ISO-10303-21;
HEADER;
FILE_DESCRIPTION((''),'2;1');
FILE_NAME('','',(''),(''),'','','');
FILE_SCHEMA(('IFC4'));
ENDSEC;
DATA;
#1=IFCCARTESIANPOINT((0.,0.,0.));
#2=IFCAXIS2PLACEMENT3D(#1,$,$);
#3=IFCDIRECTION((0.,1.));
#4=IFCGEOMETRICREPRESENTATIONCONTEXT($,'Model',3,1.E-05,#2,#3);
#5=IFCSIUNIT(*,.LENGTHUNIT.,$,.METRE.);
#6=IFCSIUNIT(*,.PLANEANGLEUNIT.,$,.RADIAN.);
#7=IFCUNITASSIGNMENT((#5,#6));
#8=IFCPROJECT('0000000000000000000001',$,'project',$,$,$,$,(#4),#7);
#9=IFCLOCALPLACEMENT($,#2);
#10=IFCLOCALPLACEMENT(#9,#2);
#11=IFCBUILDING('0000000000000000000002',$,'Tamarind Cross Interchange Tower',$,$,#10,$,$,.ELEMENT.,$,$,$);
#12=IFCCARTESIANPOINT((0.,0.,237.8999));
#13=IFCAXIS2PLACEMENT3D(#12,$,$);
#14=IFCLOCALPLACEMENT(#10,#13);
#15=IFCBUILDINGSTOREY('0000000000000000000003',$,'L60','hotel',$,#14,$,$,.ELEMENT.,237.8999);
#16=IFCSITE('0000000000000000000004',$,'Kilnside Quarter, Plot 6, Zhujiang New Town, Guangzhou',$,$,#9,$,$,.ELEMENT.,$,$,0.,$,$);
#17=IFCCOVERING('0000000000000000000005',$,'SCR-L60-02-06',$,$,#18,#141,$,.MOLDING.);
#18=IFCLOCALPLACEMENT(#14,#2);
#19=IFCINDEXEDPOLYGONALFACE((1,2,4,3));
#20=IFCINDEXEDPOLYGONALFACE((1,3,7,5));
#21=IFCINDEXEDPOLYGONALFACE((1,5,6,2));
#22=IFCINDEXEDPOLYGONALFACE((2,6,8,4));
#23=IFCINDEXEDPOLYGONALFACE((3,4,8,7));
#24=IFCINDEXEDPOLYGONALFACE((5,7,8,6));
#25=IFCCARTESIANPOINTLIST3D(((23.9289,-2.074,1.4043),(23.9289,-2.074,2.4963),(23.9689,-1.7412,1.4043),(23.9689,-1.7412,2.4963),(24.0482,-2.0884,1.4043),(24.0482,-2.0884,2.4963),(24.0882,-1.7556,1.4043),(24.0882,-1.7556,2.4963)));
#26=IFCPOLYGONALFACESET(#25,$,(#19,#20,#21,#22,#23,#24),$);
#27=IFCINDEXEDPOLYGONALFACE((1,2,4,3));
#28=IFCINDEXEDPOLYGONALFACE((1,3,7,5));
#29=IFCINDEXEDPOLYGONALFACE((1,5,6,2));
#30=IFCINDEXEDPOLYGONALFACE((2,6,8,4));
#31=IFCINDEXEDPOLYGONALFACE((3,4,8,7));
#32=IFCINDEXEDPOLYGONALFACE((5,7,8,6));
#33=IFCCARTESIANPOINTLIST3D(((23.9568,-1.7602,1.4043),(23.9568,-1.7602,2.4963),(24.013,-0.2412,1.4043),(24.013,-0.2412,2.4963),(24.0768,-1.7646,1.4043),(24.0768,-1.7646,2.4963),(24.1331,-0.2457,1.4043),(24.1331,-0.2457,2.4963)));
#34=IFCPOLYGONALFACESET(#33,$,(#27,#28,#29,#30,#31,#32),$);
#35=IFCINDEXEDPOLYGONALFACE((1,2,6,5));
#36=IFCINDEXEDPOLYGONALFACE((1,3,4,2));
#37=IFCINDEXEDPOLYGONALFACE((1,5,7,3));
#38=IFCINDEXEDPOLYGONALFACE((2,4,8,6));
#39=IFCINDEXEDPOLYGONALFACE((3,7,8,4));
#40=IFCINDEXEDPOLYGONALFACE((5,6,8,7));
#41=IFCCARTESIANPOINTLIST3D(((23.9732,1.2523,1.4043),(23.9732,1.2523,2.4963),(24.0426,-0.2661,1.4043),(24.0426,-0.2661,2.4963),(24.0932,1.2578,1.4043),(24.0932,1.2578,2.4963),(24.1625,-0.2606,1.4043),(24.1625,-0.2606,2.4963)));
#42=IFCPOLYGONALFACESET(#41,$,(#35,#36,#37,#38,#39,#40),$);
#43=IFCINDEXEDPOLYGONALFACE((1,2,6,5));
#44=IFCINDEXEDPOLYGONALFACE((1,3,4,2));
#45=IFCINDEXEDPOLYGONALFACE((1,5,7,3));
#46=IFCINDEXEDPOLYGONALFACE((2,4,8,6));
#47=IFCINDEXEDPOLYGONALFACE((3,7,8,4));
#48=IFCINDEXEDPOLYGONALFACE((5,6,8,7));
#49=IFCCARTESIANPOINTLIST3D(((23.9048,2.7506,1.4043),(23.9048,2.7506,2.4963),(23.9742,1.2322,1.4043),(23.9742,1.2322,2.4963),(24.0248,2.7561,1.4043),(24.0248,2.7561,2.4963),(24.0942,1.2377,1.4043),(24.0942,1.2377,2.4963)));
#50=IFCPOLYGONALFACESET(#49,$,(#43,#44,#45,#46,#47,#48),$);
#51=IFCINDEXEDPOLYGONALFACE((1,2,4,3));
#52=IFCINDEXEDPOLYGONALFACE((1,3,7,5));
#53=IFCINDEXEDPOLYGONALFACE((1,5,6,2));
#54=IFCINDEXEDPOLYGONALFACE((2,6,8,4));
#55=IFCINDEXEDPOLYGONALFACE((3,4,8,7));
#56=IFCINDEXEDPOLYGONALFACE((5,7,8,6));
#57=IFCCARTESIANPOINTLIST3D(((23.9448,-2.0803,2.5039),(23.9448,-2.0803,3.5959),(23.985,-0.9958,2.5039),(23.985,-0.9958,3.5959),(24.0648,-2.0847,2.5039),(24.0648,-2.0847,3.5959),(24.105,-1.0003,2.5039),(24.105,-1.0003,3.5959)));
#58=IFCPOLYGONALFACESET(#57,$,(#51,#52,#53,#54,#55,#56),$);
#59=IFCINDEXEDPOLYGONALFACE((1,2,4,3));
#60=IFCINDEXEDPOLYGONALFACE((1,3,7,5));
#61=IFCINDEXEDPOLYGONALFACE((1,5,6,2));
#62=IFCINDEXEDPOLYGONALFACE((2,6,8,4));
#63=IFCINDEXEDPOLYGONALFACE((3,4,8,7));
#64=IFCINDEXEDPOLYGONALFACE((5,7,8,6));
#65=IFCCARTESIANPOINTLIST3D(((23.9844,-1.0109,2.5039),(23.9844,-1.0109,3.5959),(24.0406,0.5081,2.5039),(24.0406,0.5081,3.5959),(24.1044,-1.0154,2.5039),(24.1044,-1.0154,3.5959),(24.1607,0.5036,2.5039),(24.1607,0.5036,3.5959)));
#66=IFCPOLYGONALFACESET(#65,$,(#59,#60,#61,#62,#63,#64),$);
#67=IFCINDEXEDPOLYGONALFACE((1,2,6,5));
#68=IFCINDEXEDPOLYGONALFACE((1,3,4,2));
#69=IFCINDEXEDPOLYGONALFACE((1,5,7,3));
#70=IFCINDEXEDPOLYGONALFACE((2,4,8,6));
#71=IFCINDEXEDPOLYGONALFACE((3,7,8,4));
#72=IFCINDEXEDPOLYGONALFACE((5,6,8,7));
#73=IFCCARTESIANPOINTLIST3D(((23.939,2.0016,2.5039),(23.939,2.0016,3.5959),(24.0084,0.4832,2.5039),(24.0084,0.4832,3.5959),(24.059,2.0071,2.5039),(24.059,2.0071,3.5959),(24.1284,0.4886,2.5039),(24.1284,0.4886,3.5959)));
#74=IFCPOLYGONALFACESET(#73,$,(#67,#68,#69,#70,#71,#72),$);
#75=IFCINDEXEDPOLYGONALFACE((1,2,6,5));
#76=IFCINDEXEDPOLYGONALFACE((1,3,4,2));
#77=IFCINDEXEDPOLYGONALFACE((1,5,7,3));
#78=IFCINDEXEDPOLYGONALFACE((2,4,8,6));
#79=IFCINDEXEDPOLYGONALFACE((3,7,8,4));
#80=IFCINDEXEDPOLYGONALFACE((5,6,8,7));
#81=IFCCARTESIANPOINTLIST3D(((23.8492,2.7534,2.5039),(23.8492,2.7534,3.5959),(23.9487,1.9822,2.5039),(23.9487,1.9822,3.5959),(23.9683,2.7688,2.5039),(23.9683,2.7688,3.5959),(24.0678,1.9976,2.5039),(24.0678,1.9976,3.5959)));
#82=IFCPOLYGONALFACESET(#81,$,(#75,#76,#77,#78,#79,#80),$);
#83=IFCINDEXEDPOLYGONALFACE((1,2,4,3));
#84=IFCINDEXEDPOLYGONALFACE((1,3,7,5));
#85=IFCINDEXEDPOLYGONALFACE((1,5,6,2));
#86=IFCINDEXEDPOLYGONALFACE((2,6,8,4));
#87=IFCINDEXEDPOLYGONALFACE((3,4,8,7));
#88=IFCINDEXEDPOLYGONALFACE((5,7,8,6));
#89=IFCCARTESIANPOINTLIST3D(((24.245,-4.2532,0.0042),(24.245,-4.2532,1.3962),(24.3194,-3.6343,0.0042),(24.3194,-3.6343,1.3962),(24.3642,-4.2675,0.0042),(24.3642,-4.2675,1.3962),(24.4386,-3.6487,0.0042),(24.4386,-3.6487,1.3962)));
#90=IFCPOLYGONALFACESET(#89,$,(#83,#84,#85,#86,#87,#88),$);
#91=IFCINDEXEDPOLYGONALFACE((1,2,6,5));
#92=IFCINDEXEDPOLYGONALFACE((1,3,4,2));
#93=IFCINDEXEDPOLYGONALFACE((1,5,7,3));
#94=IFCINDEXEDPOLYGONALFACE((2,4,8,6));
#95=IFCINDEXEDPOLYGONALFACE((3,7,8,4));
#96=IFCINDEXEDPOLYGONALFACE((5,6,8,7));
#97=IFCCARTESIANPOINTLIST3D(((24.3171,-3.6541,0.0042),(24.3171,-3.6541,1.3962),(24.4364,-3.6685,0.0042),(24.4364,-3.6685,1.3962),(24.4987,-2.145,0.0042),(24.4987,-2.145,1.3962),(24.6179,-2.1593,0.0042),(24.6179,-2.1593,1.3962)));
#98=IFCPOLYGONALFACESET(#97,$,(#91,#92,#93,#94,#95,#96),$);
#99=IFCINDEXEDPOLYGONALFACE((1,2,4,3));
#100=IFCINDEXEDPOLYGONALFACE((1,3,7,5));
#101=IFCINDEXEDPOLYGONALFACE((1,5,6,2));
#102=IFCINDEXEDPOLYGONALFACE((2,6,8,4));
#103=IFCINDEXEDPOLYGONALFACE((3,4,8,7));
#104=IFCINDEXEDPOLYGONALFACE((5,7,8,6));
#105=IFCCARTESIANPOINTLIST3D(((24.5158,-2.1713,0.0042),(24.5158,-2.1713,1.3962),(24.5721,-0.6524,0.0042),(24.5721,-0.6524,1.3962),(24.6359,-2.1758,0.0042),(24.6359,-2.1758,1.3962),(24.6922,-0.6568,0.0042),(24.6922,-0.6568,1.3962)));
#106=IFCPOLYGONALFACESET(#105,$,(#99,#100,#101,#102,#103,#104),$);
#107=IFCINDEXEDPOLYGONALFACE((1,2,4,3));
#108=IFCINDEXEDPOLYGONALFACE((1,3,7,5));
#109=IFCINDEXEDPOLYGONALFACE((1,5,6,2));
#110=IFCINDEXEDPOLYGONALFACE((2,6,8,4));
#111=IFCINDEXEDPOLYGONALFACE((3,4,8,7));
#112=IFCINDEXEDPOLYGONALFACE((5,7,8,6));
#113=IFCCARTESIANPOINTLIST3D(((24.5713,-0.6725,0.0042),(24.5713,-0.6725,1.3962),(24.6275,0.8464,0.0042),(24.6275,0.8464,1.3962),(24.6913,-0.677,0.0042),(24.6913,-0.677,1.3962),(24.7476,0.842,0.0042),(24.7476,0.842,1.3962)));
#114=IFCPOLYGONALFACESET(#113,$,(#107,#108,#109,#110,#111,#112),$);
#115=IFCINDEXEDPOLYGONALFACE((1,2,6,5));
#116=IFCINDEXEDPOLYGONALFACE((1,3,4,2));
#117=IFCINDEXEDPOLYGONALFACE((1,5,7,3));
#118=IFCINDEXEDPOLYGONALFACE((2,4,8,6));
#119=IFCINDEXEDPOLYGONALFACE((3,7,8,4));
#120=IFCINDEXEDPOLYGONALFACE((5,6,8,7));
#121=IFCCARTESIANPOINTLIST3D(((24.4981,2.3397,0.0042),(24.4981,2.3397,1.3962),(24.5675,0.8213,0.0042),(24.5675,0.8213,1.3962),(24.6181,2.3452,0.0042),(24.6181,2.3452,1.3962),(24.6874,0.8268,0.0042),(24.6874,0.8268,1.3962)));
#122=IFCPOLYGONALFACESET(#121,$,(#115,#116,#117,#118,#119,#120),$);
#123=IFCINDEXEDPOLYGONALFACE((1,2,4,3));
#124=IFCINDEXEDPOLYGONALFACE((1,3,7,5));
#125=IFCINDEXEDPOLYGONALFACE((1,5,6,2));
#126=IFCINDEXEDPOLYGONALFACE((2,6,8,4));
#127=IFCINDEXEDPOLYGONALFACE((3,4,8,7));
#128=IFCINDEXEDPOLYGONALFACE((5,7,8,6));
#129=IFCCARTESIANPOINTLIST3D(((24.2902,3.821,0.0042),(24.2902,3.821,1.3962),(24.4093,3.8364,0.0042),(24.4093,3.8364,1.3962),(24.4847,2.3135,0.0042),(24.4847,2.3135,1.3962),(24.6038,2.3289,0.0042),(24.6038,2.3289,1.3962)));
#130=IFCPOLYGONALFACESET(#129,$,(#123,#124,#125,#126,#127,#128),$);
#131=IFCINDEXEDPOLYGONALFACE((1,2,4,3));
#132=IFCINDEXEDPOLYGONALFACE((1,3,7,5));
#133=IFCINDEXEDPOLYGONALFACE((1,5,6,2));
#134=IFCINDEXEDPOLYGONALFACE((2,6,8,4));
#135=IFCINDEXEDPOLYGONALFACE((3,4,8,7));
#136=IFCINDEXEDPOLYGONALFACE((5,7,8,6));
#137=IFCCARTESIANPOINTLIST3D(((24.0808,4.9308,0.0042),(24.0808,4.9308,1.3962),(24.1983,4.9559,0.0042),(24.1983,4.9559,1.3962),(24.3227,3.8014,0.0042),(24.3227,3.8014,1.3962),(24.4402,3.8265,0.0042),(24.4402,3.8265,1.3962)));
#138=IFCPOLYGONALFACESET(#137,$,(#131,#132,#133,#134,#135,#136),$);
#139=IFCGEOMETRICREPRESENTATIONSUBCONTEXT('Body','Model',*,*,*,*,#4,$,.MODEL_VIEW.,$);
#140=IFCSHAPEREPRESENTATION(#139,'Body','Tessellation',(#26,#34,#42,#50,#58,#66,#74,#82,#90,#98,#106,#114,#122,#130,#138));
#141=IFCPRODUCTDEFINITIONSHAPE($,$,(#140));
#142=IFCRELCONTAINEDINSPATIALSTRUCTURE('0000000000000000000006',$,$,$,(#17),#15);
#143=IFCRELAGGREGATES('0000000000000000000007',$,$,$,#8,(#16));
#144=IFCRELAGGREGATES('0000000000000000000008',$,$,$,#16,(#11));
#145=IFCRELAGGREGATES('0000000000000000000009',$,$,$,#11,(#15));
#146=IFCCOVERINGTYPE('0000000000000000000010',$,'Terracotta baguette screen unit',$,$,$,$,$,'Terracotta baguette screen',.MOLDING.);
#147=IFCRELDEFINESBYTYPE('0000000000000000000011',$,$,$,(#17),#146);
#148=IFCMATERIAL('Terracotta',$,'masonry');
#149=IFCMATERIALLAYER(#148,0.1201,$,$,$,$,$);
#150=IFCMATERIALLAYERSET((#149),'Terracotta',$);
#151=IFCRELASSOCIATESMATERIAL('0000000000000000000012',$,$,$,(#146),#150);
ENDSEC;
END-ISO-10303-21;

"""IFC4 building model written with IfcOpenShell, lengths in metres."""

from ifc_helpers import new_model, si_unit, direction, frame, origin, origin_2d, place, context, subcontext, project, spatial, rectangle, extrude, material, layer, layer_set, type_object, element, save


model = new_model("IFC4")

# Units and contexts
model_context = context("Model", 3, precision=1e-05, world=origin(), true_north=direction((0.0, 1.0)))
body_context = subcontext(model_context, "Body", "Model", "MODEL_VIEW")
ifc_project = project(units=[si_unit("LENGTHUNIT", "METRE"), si_unit("PLANEANGLEUNIT", "RADIAN")], contexts=[model_context])

# Site, building, storey
site_placement = place(None, origin())
site = spatial("IfcSite", under=ifc_project, at=site_placement, Name="Kilnside Quarter, Plot 6, Zhujiang New Town, Guangzhou", CompositionType="ELEMENT", RefElevation=0.0)
building_placement = place(site_placement, origin())
building = spatial("IfcBuilding", under=site, at=building_placement, Name="Tamarind Cross Interchange Tower", CompositionType="ELEMENT")
storey_placement = place(building_placement, frame((0.0, 0.0, 237.8999)))
storey = spatial("IfcBuildingStorey", under=building, at=storey_placement, Name="L60", Description="hotel", CompositionType="ELEMENT", Elevation=237.8999)

# Covering
ifc_material_1 = material(Name="Terracotta", Category="masonry")
ifc_layer_1 = layer(ifc_material_1, 0.1201)
ifc_layer_set_1 = layer_set([ifc_layer_1], Name="Terracotta")
covering_type = type_object("IfcCoveringType", Name="Terracotta baguette screen unit", ElementType="Terracotta baguette screen", PredefinedType="MOLDING", material=ifc_layer_set_1)
covering_1_placement = place(storey_placement, origin())
element("IfcCovering", 1, at=covering_1_placement, inside=storey, type_object=covering_type, Name="SCR-L60-02-06", PredefinedType="MOLDING", context=body_context, shape_type="SweptSolid", body=[
    extrude(rectangle(XDim=0.3352, YDim=0.1201, at=origin_2d()), frame((24.0085, -1.9148, 1.4043), z_axis=(0.0, 0.0, 1.0), x_axis=(0.119421, 0.992844, 0.0)), (0.0, 0.0, 1.0), 1.092),
    extrude(rectangle(XDim=1.52, YDim=0.1201, at=origin_2d()), frame((24.0449, -1.0029, 1.4043), z_axis=(0.0, 0.0, 1.0), x_axis=(0.037025, 0.999314, 0.0)), (0.0, 0.0, 1.0), 1.092),
    extrude(rectangle(XDim=1.52, YDim=0.1201, at=origin_2d()), frame((24.0679, 0.4958, 1.4043), z_axis=(0.0, 0.0, 1.0), x_axis=(-0.045624, 0.998959, 0.0)), (0.0, 0.0, 1.0), 1.092),
    extrude(rectangle(XDim=1.52, YDim=0.1201, at=origin_2d()), frame((23.9995, 1.9941, 1.4043), z_axis=(0.0, 0.0, 1.0), x_axis=(-0.045624, 0.998959, 0.0)), (0.0, 0.0, 1.0), 1.092),
    extrude(rectangle(XDim=1.0852, YDim=0.1201, at=origin_2d()), frame((24.0249, -1.5403, 2.5039), z_axis=(0.0, 0.0, 1.0), x_axis=(0.037025, 0.999314, 0.0)), (0.0, 0.0, 1.0), 1.092),
    extrude(rectangle(XDim=1.52, YDim=0.1201, at=origin_2d()), frame((24.0725, -0.2537, 2.5039), z_axis=(0.0, 0.0, 1.0), x_axis=(0.037025, 0.999314, 0.0)), (0.0, 0.0, 1.0), 1.092),
    extrude(rectangle(XDim=1.52, YDim=0.1201, at=origin_2d()), frame((24.0337, 1.2451, 2.5039), z_axis=(0.0, 0.0, 1.0), x_axis=(-0.045624, 0.998959, 0.0)), (0.0, 0.0, 1.0), 1.092),
    extrude(rectangle(XDim=0.7776, YDim=0.1201, at=origin_2d()), frame((23.9585, 2.3755, 2.5039), z_axis=(0.0, 0.0, 1.0), x_axis=(-0.127962, 0.991779, 0.0)), (0.0, 0.0, 1.0), 1.092),
    extrude(rectangle(XDim=0.6233, YDim=0.1201, at=origin_2d()), frame((24.3418, -3.9509, 0.0042), z_axis=(0.0, 0.0, 1.0), x_axis=(0.119421, 0.992844, 0.0)), (0.0, 0.0, 1.0), 1.3921),
    extrude(rectangle(XDim=1.52, YDim=0.1201, at=origin_2d()), frame((24.4675, -2.9067, 0.0042), z_axis=(0.0, 0.0, 1.0), x_axis=(0.119421, 0.992844, 0.0)), (0.0, 0.0, 1.0), 1.3921),
    extrude(rectangle(XDim=1.52, YDim=0.1201, at=origin_2d()), frame((24.604, -1.4141, 0.0042), z_axis=(0.0, 0.0, 1.0), x_axis=(0.037025, 0.999314, 0.0)), (0.0, 0.0, 1.0), 1.3921),
    extrude(rectangle(XDim=1.52, YDim=0.1201, at=origin_2d()), frame((24.6594, 0.0847, 0.0042), z_axis=(0.0, 0.0, 1.0), x_axis=(0.037025, 0.999314, 0.0)), (0.0, 0.0, 1.0), 1.3921),
    extrude(rectangle(XDim=1.52, YDim=0.1201, at=origin_2d()), frame((24.5928, 1.5833, 0.0042), z_axis=(0.0, 0.0, 1.0), x_axis=(-0.045624, 0.998959, 0.0)), (0.0, 0.0, 1.0), 1.3921),
    extrude(rectangle(XDim=1.52, YDim=0.1201, at=origin_2d()), frame((24.447, 3.075, 0.0042), z_axis=(0.0, 0.0, 1.0), x_axis=(-0.127962, 0.991779, 0.0)), (0.0, 0.0, 1.0), 1.3921),
    extrude(rectangle(XDim=1.155, YDim=0.1201, at=origin_2d()), frame((24.2605, 4.3787, 0.0042), z_axis=(0.0, 0.0, 1.0), x_axis=(-0.209425, 0.977825, 0.0)), (0.0, 0.0, 1.0), 1.3921),
])

save(model, "model.ifc")
